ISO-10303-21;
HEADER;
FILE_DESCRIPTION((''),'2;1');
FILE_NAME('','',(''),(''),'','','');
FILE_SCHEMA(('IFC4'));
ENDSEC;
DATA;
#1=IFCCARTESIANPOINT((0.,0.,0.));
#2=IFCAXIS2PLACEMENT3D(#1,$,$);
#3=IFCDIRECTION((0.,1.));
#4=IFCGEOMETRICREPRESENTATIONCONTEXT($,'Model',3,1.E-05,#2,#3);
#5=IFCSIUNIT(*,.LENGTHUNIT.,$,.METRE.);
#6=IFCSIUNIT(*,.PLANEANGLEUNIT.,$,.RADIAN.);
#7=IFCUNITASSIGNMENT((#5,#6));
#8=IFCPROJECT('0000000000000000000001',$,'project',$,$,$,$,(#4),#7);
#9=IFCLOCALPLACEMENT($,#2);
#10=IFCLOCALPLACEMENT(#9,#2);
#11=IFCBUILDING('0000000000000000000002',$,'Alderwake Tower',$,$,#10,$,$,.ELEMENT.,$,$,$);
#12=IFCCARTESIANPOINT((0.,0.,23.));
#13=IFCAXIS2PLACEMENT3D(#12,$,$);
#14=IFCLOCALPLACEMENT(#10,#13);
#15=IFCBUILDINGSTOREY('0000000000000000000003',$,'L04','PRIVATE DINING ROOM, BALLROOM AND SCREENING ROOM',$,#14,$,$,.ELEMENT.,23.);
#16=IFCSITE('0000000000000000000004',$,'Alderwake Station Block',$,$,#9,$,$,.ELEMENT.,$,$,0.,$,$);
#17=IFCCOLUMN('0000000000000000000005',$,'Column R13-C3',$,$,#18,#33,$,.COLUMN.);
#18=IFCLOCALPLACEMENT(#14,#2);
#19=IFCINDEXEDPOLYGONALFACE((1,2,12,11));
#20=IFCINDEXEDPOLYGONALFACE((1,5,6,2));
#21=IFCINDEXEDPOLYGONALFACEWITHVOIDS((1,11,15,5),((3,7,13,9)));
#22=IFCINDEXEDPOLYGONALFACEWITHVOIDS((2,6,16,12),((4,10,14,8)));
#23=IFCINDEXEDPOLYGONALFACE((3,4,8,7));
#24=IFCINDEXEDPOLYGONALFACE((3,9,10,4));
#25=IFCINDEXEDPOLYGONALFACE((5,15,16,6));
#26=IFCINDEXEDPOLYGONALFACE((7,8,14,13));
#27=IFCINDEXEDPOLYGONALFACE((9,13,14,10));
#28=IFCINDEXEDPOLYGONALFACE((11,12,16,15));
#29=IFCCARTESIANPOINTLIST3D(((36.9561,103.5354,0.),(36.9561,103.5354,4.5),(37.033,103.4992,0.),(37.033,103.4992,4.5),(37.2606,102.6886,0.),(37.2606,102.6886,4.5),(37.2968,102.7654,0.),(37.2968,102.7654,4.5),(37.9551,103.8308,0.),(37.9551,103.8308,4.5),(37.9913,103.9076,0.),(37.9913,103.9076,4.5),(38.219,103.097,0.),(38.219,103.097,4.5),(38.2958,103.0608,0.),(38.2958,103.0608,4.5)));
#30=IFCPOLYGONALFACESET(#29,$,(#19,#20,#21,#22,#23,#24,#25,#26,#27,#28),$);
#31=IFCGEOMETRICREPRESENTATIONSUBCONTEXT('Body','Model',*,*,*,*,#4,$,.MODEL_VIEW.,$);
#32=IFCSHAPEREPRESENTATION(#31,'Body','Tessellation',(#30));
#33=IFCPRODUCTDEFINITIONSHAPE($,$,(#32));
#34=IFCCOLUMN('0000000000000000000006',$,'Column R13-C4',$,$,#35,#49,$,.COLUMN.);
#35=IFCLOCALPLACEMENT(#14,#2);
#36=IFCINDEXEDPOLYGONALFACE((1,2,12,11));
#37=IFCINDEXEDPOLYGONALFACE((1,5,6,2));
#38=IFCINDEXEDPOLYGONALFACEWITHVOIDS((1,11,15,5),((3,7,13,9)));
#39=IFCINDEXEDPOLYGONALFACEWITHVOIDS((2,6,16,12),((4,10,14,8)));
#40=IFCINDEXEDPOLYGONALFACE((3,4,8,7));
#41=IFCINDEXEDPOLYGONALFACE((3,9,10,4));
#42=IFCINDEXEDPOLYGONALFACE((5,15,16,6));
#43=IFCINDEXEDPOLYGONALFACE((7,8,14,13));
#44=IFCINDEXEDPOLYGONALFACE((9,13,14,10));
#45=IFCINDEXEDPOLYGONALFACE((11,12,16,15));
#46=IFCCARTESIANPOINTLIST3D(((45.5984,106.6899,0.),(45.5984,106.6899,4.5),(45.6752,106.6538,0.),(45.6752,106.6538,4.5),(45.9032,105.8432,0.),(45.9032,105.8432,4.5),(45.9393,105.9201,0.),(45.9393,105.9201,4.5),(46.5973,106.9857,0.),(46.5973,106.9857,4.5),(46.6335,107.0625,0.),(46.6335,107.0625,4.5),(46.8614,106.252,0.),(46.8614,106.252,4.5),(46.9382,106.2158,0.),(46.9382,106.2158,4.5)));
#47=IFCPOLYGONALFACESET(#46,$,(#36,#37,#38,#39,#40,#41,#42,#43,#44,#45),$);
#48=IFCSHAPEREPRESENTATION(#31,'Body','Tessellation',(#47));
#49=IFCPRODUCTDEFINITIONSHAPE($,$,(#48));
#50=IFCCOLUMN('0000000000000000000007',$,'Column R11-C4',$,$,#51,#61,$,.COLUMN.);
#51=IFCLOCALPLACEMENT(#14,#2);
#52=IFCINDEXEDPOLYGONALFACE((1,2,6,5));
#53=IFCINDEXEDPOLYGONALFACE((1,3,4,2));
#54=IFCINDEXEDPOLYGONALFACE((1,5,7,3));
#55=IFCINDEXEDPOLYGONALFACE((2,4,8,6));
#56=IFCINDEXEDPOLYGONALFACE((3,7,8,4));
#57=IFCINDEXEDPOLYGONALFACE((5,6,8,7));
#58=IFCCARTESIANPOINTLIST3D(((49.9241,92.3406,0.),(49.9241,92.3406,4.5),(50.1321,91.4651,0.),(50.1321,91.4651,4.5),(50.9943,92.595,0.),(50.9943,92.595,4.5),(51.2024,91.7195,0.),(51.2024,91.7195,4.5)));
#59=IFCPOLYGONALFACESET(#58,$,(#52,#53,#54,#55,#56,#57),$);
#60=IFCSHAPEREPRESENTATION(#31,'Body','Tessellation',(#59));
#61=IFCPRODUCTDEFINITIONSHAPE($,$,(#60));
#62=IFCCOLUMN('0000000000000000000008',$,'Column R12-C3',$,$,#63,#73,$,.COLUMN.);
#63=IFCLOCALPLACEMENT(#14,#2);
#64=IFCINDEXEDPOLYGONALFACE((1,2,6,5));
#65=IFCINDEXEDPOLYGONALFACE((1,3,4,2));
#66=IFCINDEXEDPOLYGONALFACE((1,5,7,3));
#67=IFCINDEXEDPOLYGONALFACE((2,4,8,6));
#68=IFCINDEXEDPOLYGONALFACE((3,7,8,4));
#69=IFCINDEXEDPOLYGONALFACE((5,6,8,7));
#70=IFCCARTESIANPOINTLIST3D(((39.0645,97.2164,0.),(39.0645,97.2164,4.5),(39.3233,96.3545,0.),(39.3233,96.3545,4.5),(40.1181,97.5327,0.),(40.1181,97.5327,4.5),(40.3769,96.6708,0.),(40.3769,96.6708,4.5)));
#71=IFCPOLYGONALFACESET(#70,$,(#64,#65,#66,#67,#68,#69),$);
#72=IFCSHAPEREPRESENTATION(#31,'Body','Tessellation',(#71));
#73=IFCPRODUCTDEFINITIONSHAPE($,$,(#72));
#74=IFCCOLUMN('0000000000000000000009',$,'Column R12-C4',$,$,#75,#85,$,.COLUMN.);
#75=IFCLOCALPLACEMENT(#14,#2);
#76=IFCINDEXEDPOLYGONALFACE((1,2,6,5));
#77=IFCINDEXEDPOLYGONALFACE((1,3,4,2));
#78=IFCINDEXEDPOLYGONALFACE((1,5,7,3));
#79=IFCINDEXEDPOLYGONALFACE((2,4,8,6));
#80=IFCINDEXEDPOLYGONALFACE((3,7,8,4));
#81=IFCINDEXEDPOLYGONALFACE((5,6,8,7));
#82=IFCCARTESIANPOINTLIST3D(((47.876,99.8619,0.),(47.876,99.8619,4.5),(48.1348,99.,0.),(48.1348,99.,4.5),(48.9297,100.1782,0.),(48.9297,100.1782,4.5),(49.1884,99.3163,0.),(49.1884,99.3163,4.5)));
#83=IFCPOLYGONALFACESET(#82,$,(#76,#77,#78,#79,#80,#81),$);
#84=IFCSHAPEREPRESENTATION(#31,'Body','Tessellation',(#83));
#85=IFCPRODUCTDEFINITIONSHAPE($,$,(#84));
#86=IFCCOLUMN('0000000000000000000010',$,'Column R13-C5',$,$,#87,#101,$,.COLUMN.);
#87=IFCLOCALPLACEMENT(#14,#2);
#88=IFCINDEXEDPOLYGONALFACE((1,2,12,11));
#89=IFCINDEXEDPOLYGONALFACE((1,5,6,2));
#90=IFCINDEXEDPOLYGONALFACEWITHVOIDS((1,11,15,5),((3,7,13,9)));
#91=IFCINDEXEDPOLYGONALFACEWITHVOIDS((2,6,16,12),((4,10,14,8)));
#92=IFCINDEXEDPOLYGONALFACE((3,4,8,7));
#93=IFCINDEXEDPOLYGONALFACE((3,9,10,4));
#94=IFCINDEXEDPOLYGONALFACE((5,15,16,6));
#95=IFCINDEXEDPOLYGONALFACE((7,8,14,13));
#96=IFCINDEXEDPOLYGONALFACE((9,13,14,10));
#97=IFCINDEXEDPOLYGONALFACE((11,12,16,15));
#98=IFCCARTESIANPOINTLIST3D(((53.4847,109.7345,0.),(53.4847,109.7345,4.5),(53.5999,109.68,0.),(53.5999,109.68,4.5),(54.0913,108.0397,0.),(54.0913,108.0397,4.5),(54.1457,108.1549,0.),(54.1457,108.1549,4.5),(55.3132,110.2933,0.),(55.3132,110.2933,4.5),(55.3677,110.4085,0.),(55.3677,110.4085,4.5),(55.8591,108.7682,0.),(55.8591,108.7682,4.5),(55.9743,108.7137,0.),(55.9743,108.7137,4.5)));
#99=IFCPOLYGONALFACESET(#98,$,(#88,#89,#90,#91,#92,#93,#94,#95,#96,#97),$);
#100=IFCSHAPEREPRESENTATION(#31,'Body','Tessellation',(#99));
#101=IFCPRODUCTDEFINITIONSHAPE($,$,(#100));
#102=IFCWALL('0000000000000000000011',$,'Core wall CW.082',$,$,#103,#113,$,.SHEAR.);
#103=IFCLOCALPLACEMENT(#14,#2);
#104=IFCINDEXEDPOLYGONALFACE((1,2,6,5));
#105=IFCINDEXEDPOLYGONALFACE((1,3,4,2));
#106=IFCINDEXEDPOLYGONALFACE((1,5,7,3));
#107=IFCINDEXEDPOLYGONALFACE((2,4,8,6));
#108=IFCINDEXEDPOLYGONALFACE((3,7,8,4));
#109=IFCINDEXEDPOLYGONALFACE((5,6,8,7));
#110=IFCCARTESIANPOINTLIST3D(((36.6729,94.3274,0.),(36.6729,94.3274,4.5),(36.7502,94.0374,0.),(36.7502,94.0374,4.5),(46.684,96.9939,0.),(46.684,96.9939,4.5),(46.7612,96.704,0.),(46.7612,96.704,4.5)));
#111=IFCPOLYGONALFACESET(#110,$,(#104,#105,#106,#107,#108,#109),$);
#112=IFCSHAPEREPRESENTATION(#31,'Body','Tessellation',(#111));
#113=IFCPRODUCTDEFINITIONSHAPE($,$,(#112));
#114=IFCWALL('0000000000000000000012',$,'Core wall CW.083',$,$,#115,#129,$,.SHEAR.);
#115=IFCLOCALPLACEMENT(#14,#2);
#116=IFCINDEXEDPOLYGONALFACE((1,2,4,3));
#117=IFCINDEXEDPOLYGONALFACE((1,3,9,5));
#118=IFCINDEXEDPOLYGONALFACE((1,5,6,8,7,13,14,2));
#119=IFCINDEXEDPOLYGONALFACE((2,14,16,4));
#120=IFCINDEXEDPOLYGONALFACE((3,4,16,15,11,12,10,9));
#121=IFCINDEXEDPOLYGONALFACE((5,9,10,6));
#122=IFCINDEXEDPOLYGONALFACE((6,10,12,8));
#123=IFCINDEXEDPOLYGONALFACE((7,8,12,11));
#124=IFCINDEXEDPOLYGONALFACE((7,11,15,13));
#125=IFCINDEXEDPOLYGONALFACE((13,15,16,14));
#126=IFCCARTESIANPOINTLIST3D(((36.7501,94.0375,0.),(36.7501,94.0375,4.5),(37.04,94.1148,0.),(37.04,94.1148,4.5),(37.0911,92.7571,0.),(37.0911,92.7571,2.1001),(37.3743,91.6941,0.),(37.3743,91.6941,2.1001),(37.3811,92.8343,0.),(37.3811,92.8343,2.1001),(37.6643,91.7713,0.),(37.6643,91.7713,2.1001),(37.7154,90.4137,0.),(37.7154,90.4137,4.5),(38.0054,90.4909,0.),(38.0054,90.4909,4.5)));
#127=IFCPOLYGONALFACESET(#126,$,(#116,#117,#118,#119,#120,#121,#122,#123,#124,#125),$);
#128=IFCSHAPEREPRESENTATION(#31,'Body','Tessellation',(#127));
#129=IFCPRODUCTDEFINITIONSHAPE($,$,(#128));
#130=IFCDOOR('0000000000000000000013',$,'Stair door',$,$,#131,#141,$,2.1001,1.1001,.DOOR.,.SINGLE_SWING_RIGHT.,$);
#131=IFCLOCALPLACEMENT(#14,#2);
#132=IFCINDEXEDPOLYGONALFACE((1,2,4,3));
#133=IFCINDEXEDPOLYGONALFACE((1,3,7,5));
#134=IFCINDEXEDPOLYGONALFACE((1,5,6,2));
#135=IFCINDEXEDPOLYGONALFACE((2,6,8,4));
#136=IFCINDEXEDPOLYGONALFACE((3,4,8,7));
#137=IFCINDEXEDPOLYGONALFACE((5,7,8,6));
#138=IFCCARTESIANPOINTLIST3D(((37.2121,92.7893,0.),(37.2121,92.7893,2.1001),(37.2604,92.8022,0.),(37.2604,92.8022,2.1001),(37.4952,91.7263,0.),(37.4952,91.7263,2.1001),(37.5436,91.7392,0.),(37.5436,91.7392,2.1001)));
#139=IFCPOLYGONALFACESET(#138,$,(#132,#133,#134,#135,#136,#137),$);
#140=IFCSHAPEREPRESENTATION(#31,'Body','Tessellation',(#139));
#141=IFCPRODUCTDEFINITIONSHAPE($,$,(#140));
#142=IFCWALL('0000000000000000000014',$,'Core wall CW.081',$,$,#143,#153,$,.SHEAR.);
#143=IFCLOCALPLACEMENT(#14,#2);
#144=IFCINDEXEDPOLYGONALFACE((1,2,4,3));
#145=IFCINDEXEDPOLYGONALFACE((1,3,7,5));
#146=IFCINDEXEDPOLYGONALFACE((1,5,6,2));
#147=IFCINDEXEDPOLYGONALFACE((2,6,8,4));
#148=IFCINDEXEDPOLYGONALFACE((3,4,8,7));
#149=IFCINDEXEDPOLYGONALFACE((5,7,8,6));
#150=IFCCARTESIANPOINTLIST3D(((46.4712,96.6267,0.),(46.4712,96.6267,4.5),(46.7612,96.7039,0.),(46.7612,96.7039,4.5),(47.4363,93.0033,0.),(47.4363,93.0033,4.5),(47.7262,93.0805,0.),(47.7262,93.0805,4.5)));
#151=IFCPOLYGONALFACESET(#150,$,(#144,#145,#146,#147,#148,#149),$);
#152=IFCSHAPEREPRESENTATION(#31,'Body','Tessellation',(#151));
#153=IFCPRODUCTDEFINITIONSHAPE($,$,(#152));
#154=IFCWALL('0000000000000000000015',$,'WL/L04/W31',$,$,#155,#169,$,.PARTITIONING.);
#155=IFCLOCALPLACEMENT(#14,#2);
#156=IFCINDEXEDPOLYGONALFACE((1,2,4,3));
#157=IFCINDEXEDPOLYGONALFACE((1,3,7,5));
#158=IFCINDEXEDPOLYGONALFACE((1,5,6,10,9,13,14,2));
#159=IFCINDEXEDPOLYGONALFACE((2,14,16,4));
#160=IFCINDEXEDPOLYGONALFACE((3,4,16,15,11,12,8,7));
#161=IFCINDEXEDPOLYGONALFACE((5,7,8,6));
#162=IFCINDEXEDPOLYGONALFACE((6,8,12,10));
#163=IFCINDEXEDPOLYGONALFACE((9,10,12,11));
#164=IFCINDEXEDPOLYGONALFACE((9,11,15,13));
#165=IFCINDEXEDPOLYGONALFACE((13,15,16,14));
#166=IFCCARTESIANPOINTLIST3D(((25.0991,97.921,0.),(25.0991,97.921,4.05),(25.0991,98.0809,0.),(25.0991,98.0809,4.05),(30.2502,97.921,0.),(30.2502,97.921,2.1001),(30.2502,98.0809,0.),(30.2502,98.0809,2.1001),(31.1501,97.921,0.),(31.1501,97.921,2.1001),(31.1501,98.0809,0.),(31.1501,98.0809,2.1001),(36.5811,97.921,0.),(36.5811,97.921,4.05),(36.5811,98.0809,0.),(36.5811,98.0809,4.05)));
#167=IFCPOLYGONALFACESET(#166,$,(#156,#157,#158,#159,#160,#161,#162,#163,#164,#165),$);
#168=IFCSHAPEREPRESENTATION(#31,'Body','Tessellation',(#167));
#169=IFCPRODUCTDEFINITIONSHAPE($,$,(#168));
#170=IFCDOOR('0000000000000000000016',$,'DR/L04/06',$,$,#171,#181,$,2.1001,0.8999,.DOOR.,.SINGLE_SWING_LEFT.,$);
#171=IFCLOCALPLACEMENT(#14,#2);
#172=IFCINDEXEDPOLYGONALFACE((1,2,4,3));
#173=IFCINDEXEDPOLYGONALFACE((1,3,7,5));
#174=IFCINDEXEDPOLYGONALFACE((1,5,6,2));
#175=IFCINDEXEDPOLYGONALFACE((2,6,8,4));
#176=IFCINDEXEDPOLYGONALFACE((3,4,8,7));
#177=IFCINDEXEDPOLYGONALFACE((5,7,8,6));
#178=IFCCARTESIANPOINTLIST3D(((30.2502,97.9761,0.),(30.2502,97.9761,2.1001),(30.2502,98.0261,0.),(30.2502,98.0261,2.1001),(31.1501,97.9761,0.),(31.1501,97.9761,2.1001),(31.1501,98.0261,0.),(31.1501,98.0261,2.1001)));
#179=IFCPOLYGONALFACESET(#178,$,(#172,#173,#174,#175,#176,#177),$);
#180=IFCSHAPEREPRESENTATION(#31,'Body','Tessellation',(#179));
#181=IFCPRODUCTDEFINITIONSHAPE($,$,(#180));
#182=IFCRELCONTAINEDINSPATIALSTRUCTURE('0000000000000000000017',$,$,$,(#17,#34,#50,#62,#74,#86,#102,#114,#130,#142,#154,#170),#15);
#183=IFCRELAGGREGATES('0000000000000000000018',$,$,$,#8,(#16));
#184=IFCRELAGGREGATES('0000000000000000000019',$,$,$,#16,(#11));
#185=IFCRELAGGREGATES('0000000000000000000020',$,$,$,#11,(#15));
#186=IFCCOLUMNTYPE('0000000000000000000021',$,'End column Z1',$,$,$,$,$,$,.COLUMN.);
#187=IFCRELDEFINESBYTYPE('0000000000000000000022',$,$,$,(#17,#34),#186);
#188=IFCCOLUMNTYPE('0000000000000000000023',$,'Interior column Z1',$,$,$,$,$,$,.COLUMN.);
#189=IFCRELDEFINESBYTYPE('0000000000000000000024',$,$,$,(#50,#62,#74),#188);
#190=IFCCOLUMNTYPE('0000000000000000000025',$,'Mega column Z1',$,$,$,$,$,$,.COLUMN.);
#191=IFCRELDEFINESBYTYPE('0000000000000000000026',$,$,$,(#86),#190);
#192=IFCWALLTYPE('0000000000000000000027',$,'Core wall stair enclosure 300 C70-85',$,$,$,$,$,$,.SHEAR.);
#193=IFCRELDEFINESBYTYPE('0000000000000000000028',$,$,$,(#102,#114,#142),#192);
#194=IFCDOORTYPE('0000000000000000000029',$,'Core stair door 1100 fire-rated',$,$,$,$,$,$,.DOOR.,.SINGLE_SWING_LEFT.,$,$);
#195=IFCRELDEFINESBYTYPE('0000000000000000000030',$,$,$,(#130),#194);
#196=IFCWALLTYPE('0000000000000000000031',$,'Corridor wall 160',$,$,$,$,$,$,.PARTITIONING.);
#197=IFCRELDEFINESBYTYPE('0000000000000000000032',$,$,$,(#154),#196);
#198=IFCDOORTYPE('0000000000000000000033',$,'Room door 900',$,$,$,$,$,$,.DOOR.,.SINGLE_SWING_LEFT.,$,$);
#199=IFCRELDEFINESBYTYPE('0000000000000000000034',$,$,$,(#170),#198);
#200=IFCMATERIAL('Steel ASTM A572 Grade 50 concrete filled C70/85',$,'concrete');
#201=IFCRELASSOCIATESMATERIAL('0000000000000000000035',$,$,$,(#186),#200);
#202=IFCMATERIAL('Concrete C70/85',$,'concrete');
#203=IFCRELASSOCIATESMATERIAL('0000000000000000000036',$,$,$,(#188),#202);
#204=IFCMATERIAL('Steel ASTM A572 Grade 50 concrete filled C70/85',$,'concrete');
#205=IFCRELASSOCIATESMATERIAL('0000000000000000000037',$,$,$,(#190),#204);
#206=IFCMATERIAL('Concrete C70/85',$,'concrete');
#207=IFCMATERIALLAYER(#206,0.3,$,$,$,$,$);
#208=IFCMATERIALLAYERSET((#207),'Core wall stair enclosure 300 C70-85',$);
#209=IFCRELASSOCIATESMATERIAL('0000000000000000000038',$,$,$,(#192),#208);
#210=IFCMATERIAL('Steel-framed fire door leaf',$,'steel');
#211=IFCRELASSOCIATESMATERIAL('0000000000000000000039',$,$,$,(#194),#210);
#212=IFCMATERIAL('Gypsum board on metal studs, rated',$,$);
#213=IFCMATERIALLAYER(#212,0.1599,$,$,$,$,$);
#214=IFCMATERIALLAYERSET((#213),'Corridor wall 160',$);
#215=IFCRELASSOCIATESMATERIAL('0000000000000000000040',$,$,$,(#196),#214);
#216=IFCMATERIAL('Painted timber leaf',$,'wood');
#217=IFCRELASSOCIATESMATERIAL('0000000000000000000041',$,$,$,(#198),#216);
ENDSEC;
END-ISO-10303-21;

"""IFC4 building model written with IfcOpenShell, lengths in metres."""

from ifc_helpers import new_model, si_unit, direction, frame, frame_2d, origin, origin_2d, place, context, subcontext, project, spatial, rectangle, hollow_rectangle, extrude, material, layer, layer_set, material_profile, profile_set, type_object, element, fill, save


model = new_model("IFC4")

# Units and contexts
model_context = context("Model", 3, precision=1e-05, world=origin(), true_north=direction((0.0, 1.0)))
body_context = subcontext(model_context, "Body", "Model", "MODEL_VIEW")
ifc_project = project(units=[si_unit("LENGTHUNIT", "METRE"), si_unit("PLANEANGLEUNIT", "RADIAN")], contexts=[model_context])

# Site, building, storey
site_placement = place(None, origin())
site = spatial("IfcSite", under=ifc_project, at=site_placement, Name="Alderwake Station Block", CompositionType="ELEMENT", RefElevation=0.0)
building_placement = place(site_placement, origin())
building = spatial("IfcBuilding", under=site, at=building_placement, Name="Alderwake Tower", CompositionType="ELEMENT")
storey_placement = place(building_placement, frame((0.0, 0.0, 23.0)))
storey = spatial("IfcBuildingStorey", under=building, at=storey_placement, Name="L04", Description="PRIVATE DINING ROOM, BALLROOM AND SCREENING ROOM", CompositionType="ELEMENT", Elevation=23.0)

# Columns
ifc_material_1 = material(Name="Steel ASTM A572 Grade 50 concrete filled C70/85", Category="concrete")
ifc_material_profile_1 = material_profile(ifc_material_1, hollow_rectangle(XDim=0.8999, YDim=1.1001, WallThickness=0.0601, at=origin_2d()), Name="BOX 1100X900X60")
ifc_profile_set_1 = profile_set([ifc_material_profile_1], Name="Steel ASTM A572 Grade 50 concrete filled C70/85")
column_type_1 = type_object("IfcColumnType", Name="End column Z1", PredefinedType="COLUMN", material=ifc_profile_set_1)
for number, where, z_axis, x_axis, name in (
    (1, (37.626, 103.2981, 0.0), (0.0, 0.0, 1.0), (-0.338385, 0.941008, 0.0), "Column R13-C3"),
    (2, (46.2683, 106.4529, 0.0), (0.0, 0.0, 1.0), (-0.338695, 0.940896, 0.0), "Column R13-C4"),
):
    element("IfcColumn", number, at=place(storey_placement, frame(where, z_axis=z_axis, x_axis=x_axis)), inside=storey, type_object=column_type_1, Name=name, PredefinedType="COLUMN", context=body_context, shape_type="SweptSolid", body=[
        extrude(hollow_rectangle(XDim=0.8999, YDim=1.1001, WallThickness=0.0601, at=origin_2d()), origin(), (0.0, 0.0, 1.0), 4.5),
    ])
ifc_material_2 = material(Name="Concrete C70/85", Category="concrete")
ifc_material_profile_2 = material_profile(ifc_material_2, rectangle(XDim=0.8999, YDim=1.1001, at=origin_2d()), Name="RC 1100X900")
ifc_profile_set_2 = profile_set([ifc_material_profile_2], Name="Concrete C70/85")
column_type_2 = type_object("IfcColumnType", Name="Interior column Z1", PredefinedType="COLUMN", material=ifc_profile_set_2)
for number, where, z_axis, x_axis, name in (
    (3, (50.5632, 92.03, 0.0), (0.0, 0.0, 1.0), (-0.231222, 0.972901, 0.0), "Column R11-C4"),
    (4, (39.7207, 96.9436, 0.0), (0.0, 0.0, 1.0), (-0.287549, 0.957766, 0.0), "Column R12-C3"),
    (5, (48.5322, 99.5891, 0.0), (0.0, 0.0, 1.0), (-0.287549, 0.957766, 0.0), "Column R12-C4"),
):
    element("IfcColumn", number, at=place(storey_placement, frame(where, z_axis=z_axis, x_axis=x_axis)), inside=storey, type_object=column_type_2, Name=name, PredefinedType="COLUMN", context=body_context, shape_type="SweptSolid", body=[
        extrude(rectangle(XDim=0.8999, YDim=1.1001, at=origin_2d()), origin(), (0.0, 0.0, 1.0), 4.5),
    ])
ifc_material_3 = material(Name="Steel ASTM A572 Grade 50 concrete filled C70/85", Category="concrete")
ifc_material_profile_3 = material_profile(ifc_material_3, hollow_rectangle(XDim=1.8, YDim=2.0, WallThickness=0.0901, at=origin_2d()), Name="BOX 2000X1800X90")
ifc_profile_set_3 = profile_set([ifc_material_profile_3], Name="Steel ASTM A572 Grade 50 concrete filled C70/85")
column_type_3 = type_object("IfcColumnType", Name="Mega column Z1", PredefinedType="COLUMN", material=ifc_profile_set_3)
column_placement = place(storey_placement, frame((54.7295, 109.2241, 0.0), z_axis=(0.0, 0.0, 1.0), x_axis=(-0.336995, 0.941506, 0.0)))
element("IfcColumn", 6, at=column_placement, inside=storey, type_object=column_type_3, Name="Column R13-C5", PredefinedType="COLUMN", context=body_context, shape_type="SweptSolid", body=[
    extrude(hollow_rectangle(XDim=1.8, YDim=2.0, WallThickness=0.0901, at=origin_2d()), origin(), (0.0, 0.0, 1.0), 4.5),
])

# Wall
ifc_material_4 = material(Name="Concrete C70/85", Category="concrete")
ifc_layer_1 = layer(ifc_material_4, 0.3)
ifc_layer_set_1 = layer_set([ifc_layer_1], Name="Core wall stair enclosure 300 C70-85")
wall_type_1 = type_object("IfcWallType", Name="Core wall stair enclosure 300 C70-85", PredefinedType="SHEAR", material=ifc_layer_set_1)
wall_1_placement = place(storey_placement, frame((36.7114, 94.1824, 0.0), z_axis=(0.0, 0.0, 1.0), x_axis=(0.966309, 0.257384, 0.0)))
element("IfcWall", 7, at=wall_1_placement, inside=storey, type_object=wall_type_1, Name="Core wall CW.082", PredefinedType="SHEAR", context=body_context, shape_type="SweptSolid", body=[
    extrude(rectangle(XDim=10.3601, YDim=0.3, at=frame_2d((5.1802, 0.0))), origin(), (0.0, 0.0, 1.0), 4.5),
])

# Wall, opening, door
wall_2_placement = place(storey_placement, frame((37.8604, 90.4524, 0.0), z_axis=(0.0, 0.0, 1.0), x_axis=(-0.257411, 0.966302, 0.0)))
wall_2 = element("IfcWall", 8, at=wall_2_placement, inside=storey, type_object=wall_type_1, Name="Core wall CW.083", PredefinedType="SHEAR", context=body_context, shape_type="SweptSolid", body=[
    extrude(rectangle(XDim=3.7502, YDim=0.3, at=frame_2d((1.875, 0.0))), origin(), (0.0, 0.0, 1.0), 4.5),
])
opening_1_placement = place(wall_2_placement, frame((1.325, 0.0, 0.0)))
opening_1 = element("IfcOpeningElement", 9, at=opening_1_placement, cuts=wall_2, PredefinedType="OPENING", context=body_context, shape_type="SweptSolid", body=[
    extrude(rectangle(XDim=1.1001, YDim=2.1001, at=frame_2d((0.55, 1.05))), frame((0.0, 0.1599, 0.0), z_axis=(0.0, -1.0, 0.0), x_axis=(1.0, 0.0, 0.0)), (0.0, 0.0, 1.0), 0.3201),
])
ifc_material_5 = material(Name="Steel-framed fire door leaf", Category="steel")
door_type_1 = type_object("IfcDoorType", Name="Core stair door 1100 fire-rated", OperationType="SINGLE_SWING_LEFT", PredefinedType="DOOR", material=ifc_material_5)
door_1_placement = place(opening_1_placement, origin())
door_1 = element("IfcDoor", 10, at=door_1_placement, inside=storey, type_object=door_type_1, Name="Stair door", OperationType="SINGLE_SWING_RIGHT", OverallHeight=2.1001, OverallWidth=1.1001, PredefinedType="DOOR", context=body_context, shape_type="SweptSolid", body=[
    extrude(rectangle(XDim=1.1001, YDim=2.1001, at=frame_2d((0.55, 1.05))), frame((0.0, 0.0249, 0.0), z_axis=(0.0, -1.0, 0.0), x_axis=(1.0, 0.0, 0.0)), (0.0, 0.0, 1.0), 0.05),
])
fill(opening_1, door_1)

# Wall
wall_3_placement = place(storey_placement, frame((47.5813, 93.0417, 0.0), z_axis=(0.0, 0.0, 1.0), x_axis=(-0.257367, 0.966314, 0.0)))
element("IfcWall", 11, at=wall_3_placement, inside=storey, type_object=wall_type_1, Name="Core wall CW.081", PredefinedType="SHEAR", context=body_context, shape_type="SweptSolid", body=[
    extrude(rectangle(XDim=3.7498, YDim=0.3, at=frame_2d((1.875, 0.0))), origin(), (0.0, 0.0, 1.0), 4.5),
])

# Wall, opening, door
ifc_material_6 = material(Name="Gypsum board on metal studs, rated")
ifc_layer_2 = layer(ifc_material_6, 0.1599)
ifc_layer_set_2 = layer_set([ifc_layer_2], Name="Corridor wall 160")
wall_type_2 = type_object("IfcWallType", Name="Corridor wall 160", PredefinedType="PARTITIONING", material=ifc_layer_set_2)
wall_4_placement = place(storey_placement, frame((36.5811, 98.001, 0.0), z_axis=(0.0, 0.0, 1.0), x_axis=(-1.0, 0.0, 0.0)))
wall_4 = element("IfcWall", 12, at=wall_4_placement, inside=storey, type_object=wall_type_2, Name="WL/L04/W31", PredefinedType="PARTITIONING", context=body_context, shape_type="SweptSolid", body=[
    extrude(rectangle(XDim=11.4819, YDim=0.1599, at=frame_2d((5.741, 0.0))), origin(), (0.0, 0.0, 1.0), 4.05),
])
opening_2_placement = place(wall_4_placement, frame((5.4309, 0.0, 0.0)))
opening_2 = element("IfcOpeningElement", 13, at=opening_2_placement, cuts=wall_4, PredefinedType="OPENING", context=body_context, shape_type="SweptSolid", body=[
    extrude(rectangle(XDim=0.8999, YDim=2.1001, at=frame_2d((0.45, 1.05))), frame((0.0, 0.0898, 0.0), z_axis=(0.0, -1.0, 0.0), x_axis=(1.0, 0.0, 0.0)), (0.0, 0.0, 1.0), 0.1799),
])
ifc_material_7 = material(Name="Painted timber leaf", Category="wood")
door_type_2 = type_object("IfcDoorType", Name="Room door 900", OperationType="SINGLE_SWING_LEFT", PredefinedType="DOOR", material=ifc_material_7)
door_2_placement = place(opening_2_placement, origin())
door_2 = element("IfcDoor", 14, at=door_2_placement, inside=storey, type_object=door_type_2, Name="DR/L04/06", OperationType="SINGLE_SWING_LEFT", OverallHeight=2.1001, OverallWidth=0.8999, PredefinedType="DOOR", context=body_context, shape_type="SweptSolid", body=[
    extrude(rectangle(XDim=0.8999, YDim=2.1001, at=frame_2d((0.45, 1.05))), frame((0.0, 0.0249, 0.0), z_axis=(0.0, -1.0, 0.0), x_axis=(1.0, 0.0, 0.0)), (0.0, 0.0, 1.0), 0.05),
])
fill(opening_2, door_2)

save(model, "model.ifc")
